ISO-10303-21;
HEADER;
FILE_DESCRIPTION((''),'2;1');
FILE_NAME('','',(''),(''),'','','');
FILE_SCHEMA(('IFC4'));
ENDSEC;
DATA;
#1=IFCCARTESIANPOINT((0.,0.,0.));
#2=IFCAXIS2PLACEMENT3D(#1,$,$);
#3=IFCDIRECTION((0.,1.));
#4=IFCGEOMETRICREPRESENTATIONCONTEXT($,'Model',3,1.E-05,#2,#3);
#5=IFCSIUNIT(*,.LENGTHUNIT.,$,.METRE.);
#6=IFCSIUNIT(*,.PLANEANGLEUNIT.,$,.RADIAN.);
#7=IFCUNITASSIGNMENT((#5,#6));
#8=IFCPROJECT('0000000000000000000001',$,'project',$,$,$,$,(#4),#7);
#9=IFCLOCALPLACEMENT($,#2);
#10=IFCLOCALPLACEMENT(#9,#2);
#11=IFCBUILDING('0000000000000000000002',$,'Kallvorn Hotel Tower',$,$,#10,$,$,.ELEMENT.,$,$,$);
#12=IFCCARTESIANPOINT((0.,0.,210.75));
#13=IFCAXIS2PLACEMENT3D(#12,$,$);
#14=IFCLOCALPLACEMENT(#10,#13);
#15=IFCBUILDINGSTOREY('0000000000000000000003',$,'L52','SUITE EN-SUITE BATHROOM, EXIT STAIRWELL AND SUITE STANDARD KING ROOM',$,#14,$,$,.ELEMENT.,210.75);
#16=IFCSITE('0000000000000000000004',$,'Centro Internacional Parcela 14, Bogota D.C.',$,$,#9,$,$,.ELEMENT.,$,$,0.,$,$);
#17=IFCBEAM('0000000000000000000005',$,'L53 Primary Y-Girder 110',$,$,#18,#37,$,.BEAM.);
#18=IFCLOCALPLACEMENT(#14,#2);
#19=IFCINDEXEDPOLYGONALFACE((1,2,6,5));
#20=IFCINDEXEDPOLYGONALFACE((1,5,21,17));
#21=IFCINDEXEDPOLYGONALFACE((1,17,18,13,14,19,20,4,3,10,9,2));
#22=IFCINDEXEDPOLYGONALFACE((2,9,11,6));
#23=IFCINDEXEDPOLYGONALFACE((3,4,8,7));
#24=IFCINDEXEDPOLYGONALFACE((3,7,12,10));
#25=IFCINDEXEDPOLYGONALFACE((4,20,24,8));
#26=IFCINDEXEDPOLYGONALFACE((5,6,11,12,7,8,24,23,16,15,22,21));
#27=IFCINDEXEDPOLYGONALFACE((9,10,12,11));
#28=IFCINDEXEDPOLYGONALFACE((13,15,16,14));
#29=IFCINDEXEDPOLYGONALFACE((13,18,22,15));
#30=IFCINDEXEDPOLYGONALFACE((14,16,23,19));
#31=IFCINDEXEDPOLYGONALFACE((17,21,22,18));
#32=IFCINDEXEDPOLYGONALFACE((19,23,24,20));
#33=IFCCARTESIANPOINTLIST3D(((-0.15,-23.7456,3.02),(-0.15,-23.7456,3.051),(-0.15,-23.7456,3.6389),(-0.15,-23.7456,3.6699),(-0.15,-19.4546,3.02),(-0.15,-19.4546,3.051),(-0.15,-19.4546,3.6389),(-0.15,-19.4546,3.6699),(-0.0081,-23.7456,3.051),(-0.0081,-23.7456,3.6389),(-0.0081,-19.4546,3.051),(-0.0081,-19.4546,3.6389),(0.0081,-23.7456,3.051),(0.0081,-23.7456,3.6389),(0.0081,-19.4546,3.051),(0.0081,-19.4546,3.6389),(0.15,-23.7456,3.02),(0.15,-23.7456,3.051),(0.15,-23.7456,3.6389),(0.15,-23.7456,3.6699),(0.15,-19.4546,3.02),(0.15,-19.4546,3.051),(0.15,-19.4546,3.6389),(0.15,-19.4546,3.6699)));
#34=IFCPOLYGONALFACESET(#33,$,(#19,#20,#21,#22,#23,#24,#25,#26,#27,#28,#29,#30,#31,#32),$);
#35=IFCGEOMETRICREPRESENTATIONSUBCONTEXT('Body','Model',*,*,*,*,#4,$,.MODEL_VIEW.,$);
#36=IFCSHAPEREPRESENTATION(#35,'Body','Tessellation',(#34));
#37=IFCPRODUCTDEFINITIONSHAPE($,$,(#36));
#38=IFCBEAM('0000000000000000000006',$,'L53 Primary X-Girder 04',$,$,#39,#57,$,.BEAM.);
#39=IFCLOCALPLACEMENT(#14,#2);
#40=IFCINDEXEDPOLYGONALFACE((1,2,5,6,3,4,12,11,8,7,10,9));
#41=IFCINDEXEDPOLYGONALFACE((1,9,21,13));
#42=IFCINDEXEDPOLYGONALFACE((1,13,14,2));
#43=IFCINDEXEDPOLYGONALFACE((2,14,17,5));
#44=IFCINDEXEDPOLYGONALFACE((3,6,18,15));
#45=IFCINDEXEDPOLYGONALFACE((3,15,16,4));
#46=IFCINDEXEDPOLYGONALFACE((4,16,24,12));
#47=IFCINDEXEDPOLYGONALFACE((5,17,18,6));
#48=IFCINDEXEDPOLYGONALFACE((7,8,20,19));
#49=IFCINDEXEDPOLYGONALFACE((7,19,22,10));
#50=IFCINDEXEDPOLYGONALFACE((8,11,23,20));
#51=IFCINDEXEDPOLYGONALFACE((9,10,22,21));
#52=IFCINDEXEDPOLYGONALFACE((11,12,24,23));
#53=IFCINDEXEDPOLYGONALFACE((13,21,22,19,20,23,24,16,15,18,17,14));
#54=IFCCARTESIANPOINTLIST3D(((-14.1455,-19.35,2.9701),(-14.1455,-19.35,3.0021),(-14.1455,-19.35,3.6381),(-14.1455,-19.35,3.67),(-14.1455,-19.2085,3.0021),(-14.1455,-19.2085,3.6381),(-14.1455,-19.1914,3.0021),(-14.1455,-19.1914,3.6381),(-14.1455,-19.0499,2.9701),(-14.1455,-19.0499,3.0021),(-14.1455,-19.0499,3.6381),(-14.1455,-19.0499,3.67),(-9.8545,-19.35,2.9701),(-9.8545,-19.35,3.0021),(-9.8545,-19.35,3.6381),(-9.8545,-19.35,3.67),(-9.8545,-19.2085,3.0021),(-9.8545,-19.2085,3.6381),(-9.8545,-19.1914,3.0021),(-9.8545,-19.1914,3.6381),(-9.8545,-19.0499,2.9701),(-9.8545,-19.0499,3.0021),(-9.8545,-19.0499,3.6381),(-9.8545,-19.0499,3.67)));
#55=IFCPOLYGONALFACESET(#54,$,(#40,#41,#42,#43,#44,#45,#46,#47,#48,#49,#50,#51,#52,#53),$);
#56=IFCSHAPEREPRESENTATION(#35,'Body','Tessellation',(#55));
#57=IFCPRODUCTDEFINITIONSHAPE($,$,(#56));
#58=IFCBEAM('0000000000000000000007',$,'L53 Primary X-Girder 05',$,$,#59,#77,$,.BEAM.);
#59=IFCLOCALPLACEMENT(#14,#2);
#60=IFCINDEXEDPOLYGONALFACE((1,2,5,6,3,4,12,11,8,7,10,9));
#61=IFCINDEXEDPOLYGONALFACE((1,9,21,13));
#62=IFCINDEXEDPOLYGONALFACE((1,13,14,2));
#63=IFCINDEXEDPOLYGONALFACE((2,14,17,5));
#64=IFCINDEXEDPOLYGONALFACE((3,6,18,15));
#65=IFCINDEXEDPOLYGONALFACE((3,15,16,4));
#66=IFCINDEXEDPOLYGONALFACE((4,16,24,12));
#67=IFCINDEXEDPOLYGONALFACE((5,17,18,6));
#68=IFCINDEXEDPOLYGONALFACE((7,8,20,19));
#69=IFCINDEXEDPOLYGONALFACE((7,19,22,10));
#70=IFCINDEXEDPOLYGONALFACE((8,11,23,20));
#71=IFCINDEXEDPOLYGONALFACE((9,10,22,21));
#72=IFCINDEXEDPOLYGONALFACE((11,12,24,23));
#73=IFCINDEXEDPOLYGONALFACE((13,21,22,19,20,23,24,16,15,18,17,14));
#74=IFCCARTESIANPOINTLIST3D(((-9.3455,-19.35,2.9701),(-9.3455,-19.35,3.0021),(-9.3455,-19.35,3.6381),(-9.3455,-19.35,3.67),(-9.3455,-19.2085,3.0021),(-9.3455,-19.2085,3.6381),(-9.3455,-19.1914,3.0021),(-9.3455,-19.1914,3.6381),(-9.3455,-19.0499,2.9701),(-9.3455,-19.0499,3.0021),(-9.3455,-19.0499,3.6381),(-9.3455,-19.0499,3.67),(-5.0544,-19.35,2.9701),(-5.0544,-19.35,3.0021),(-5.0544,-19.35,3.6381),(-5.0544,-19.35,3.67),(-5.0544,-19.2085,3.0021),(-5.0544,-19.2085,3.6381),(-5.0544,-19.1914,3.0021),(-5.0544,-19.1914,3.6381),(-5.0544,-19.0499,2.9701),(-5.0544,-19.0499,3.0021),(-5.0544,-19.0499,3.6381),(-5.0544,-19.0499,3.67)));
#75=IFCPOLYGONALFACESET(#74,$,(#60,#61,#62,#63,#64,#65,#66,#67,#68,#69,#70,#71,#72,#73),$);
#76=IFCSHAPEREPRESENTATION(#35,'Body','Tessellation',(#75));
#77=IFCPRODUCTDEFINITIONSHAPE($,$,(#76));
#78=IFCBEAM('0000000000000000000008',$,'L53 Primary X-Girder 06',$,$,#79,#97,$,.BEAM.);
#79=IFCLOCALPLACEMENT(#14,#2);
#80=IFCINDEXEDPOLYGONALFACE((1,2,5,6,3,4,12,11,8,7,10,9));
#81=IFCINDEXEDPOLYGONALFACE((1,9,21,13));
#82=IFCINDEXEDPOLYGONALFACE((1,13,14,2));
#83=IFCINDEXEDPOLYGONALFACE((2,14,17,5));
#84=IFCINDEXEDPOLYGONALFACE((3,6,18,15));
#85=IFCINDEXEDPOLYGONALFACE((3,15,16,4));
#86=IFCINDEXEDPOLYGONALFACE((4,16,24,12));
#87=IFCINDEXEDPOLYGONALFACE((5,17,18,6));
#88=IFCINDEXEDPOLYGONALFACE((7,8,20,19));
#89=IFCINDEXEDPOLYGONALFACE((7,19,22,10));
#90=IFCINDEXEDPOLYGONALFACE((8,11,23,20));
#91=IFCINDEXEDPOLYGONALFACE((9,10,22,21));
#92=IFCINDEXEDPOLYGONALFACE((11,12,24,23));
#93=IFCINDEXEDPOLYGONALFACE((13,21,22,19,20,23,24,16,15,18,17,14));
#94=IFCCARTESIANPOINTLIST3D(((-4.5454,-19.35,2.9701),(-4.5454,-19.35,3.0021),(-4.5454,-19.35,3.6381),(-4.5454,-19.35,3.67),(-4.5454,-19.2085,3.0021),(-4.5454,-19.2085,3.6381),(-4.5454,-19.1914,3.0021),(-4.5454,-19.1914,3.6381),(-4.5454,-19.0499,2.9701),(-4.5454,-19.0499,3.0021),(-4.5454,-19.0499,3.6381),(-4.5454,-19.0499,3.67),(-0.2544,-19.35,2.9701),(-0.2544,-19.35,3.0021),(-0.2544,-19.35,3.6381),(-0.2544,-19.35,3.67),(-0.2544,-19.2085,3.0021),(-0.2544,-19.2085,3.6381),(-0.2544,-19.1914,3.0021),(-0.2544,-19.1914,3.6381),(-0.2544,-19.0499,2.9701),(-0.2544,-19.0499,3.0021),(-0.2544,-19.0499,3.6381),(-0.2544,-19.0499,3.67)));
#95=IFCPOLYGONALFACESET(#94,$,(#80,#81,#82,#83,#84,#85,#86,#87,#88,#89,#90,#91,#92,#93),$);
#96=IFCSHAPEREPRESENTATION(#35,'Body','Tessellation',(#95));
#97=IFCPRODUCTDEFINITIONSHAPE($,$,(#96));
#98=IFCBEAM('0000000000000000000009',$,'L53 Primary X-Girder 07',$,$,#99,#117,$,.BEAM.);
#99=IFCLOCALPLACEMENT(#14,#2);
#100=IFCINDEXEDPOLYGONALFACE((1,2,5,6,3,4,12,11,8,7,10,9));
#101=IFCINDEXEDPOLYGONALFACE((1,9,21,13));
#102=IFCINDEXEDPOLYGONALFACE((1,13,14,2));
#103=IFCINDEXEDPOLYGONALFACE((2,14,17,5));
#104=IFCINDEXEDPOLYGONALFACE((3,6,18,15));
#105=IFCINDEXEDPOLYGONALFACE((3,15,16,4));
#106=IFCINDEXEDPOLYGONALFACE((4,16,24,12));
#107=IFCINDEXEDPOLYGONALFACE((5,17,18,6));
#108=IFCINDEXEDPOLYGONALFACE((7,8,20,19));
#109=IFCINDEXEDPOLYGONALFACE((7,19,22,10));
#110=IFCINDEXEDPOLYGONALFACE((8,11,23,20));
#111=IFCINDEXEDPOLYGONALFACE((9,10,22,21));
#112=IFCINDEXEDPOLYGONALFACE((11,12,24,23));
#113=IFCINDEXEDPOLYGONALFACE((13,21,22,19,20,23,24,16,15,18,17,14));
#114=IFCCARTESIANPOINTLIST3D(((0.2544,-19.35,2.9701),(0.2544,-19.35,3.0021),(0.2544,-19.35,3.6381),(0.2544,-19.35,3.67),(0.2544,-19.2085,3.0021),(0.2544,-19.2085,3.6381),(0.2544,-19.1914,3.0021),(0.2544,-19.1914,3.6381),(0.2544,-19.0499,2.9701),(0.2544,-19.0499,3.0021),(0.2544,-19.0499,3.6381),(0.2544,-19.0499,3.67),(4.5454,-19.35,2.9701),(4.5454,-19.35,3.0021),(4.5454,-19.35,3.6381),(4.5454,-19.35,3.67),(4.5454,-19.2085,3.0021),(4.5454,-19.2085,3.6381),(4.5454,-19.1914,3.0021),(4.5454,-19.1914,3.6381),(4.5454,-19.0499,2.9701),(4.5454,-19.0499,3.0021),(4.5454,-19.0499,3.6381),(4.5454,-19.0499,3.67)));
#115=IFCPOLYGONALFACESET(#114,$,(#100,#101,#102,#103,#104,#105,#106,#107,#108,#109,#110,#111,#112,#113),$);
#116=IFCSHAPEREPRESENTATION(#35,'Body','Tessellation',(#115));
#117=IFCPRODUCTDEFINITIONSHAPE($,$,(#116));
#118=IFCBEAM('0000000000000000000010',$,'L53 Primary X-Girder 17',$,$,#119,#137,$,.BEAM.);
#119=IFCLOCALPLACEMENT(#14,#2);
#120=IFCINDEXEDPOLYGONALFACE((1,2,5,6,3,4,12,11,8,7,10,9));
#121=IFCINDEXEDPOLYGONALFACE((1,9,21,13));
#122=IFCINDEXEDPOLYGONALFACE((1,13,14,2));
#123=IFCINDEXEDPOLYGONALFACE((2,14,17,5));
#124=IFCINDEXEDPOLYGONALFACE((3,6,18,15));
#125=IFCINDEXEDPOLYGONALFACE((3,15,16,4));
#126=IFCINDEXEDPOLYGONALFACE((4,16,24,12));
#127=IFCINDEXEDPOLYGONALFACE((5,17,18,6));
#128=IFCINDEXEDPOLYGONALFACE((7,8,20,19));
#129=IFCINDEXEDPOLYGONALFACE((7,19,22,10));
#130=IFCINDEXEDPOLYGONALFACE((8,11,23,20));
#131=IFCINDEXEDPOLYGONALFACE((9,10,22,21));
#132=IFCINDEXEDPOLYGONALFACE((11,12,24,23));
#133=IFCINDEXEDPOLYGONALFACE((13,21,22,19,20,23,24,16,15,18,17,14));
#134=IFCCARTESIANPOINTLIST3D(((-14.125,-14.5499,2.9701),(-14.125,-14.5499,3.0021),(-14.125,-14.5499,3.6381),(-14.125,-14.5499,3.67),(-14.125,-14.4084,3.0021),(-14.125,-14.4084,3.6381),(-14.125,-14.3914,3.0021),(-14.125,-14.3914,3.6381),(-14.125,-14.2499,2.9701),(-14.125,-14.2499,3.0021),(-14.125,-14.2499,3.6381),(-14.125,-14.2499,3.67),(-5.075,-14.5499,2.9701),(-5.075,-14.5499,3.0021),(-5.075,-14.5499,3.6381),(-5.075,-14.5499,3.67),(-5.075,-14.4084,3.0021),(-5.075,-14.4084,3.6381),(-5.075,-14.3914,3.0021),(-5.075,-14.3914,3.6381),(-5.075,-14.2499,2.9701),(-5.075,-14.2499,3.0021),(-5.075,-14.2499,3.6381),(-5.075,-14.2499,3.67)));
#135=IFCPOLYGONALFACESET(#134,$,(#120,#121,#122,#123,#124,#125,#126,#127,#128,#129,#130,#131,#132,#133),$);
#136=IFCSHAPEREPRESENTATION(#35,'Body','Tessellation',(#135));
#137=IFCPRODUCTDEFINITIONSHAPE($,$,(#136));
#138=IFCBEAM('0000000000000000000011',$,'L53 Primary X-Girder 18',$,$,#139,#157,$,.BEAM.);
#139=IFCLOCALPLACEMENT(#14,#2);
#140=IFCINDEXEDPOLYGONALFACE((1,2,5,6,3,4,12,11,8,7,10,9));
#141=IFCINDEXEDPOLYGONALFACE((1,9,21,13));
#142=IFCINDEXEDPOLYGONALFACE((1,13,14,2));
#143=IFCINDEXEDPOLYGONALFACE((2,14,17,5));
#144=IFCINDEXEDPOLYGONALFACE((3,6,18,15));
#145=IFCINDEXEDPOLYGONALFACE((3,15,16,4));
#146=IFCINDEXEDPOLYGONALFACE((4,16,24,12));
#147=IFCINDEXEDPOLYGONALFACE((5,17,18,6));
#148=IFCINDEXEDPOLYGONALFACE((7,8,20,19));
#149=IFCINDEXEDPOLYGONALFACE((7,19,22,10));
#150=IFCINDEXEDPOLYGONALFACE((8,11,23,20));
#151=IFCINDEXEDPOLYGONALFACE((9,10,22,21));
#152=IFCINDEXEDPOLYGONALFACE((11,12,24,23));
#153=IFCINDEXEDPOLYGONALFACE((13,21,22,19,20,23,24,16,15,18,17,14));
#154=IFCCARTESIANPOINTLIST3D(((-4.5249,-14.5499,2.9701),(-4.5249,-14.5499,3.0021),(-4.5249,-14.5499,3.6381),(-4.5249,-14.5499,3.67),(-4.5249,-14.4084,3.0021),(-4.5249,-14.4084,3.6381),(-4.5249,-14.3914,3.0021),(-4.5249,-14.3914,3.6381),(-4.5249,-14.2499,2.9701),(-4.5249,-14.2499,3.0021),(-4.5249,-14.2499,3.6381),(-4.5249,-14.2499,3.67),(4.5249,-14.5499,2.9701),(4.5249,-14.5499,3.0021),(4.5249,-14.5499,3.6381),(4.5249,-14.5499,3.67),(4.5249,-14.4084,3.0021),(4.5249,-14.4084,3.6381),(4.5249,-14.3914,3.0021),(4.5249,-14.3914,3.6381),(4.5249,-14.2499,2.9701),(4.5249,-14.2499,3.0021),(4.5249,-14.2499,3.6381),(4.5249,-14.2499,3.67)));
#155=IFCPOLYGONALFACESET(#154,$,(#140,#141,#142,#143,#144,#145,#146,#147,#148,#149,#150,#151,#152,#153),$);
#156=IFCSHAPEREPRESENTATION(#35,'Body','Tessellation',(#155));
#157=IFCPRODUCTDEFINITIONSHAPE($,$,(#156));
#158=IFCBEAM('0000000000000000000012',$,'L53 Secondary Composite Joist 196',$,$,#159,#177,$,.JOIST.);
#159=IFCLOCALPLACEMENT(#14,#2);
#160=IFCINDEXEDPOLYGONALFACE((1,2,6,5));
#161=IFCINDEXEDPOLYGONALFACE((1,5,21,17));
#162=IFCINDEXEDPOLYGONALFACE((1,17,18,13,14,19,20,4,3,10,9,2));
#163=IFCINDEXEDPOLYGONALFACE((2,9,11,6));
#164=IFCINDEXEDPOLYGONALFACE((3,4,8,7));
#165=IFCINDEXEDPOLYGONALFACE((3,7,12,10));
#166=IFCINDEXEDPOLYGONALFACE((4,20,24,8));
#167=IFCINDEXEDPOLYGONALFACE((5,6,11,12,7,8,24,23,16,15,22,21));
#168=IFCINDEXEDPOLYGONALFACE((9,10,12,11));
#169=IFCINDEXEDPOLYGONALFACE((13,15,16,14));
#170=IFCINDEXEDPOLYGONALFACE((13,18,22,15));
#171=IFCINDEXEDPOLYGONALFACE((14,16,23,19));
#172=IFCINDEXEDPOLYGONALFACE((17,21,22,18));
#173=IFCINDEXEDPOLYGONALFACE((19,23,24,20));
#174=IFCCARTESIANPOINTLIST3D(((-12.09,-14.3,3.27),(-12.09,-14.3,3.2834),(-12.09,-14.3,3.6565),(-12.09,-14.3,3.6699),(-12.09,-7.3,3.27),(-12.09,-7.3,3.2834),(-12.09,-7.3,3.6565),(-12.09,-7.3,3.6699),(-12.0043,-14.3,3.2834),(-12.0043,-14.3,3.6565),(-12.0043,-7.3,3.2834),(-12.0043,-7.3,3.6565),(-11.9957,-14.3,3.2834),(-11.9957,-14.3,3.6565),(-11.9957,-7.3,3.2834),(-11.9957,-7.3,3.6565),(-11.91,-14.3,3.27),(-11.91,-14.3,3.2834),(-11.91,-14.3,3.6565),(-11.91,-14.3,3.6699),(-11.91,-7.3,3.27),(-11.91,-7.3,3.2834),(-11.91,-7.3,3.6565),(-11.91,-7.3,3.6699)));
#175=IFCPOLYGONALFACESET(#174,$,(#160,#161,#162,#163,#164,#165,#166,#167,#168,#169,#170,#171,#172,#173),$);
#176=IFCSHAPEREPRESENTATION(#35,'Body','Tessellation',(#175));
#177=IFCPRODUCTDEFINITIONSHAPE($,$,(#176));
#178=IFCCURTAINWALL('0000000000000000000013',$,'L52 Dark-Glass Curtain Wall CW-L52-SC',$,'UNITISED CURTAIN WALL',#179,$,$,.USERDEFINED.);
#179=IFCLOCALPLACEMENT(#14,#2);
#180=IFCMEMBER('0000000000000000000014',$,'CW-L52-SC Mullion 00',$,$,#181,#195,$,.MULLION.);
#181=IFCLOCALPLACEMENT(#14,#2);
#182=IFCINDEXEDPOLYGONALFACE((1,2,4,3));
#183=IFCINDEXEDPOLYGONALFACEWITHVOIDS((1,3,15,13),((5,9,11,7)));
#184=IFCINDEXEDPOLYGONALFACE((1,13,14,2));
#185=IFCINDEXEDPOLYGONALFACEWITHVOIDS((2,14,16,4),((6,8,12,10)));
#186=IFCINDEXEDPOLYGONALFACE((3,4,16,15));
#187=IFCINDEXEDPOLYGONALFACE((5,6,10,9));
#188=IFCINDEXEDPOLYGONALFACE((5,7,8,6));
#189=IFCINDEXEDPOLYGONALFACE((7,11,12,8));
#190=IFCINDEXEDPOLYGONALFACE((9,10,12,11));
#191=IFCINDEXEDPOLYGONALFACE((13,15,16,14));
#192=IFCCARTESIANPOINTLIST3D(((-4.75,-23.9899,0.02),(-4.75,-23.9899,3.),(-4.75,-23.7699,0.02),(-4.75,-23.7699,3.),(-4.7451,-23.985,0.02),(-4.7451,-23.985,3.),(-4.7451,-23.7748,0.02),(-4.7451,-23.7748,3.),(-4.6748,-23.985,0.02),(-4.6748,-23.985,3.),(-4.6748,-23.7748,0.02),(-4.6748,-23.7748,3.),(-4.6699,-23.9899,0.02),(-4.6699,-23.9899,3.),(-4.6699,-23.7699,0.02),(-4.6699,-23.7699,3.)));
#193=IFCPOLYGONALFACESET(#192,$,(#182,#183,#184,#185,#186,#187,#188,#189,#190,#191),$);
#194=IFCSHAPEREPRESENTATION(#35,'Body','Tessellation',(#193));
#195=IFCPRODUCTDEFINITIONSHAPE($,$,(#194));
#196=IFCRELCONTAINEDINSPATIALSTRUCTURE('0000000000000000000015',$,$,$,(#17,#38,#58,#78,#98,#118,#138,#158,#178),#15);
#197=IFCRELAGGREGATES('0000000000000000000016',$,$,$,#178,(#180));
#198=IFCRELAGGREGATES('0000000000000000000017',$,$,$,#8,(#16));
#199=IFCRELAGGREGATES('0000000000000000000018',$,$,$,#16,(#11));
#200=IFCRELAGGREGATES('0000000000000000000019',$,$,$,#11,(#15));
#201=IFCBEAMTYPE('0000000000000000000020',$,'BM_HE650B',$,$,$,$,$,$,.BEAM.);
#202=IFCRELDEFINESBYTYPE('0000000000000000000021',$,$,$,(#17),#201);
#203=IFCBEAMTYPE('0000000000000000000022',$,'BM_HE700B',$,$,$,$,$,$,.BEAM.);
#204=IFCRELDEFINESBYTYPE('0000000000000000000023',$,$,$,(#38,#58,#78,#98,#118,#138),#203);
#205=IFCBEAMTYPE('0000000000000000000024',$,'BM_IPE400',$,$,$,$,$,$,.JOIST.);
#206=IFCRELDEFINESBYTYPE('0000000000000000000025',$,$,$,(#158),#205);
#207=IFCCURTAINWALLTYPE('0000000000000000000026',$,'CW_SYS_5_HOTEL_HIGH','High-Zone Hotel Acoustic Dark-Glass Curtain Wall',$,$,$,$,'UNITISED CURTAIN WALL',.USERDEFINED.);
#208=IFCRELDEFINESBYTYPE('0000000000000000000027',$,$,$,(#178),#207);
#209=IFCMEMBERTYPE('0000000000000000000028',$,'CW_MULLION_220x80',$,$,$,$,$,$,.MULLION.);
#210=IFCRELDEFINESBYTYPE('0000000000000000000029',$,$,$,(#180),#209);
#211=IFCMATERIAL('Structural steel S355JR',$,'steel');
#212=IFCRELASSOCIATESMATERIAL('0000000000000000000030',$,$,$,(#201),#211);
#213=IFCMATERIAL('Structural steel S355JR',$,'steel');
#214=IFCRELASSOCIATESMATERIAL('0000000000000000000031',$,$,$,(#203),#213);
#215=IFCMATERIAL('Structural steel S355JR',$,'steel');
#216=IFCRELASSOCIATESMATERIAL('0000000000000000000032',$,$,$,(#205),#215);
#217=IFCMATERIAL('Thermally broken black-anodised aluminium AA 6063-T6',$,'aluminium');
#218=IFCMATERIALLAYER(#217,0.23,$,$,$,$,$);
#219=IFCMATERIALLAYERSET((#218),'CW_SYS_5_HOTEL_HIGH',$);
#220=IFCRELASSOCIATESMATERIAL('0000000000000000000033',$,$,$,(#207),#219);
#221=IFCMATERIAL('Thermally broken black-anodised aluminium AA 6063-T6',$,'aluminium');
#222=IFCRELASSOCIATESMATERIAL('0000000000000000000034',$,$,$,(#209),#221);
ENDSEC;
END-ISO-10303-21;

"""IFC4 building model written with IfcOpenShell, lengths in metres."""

from ifc_helpers import new_model, si_unit, direction, frame, origin, origin_2d, place, context, subcontext, project, spatial, hollow_rectangle, i_section, extrude, material, layer, layer_set, material_profile, profile_set, type_object, element, aggregate, save


model = new_model("IFC4")

# Units and contexts
model_context = context("Model", 3, precision=1e-05, world=origin(), true_north=direction((0.0, 1.0)))
body_context = subcontext(model_context, "Body", "Model", "MODEL_VIEW")
ifc_project = project(units=[si_unit("LENGTHUNIT", "METRE"), si_unit("PLANEANGLEUNIT", "RADIAN")], contexts=[model_context])

# Site, building, storey
site_placement = place(None, origin())
site = spatial("IfcSite", under=ifc_project, at=site_placement, Name="Centro Internacional Parcela 14, Bogota D.C.", CompositionType="ELEMENT", RefElevation=0.0)
building_placement = place(site_placement, origin())
building = spatial("IfcBuilding", under=site, at=building_placement, Name="Kallvorn Hotel Tower", CompositionType="ELEMENT")
storey_placement = place(building_placement, frame((0.0, 0.0, 210.75)))
storey = spatial("IfcBuildingStorey", under=building, at=storey_placement, Name="L52", Description="SUITE EN-SUITE BATHROOM, EXIT STAIRWELL AND SUITE STANDARD KING ROOM", CompositionType="ELEMENT", Elevation=210.75)

# Beams
ifc_material_1 = material(Name="Structural steel S355JR", Category="steel")
ifc_material_profile_1 = material_profile(ifc_material_1, i_section(OverallWidth=0.3, OverallDepth=0.6499, WebThickness=0.0161, FlangeThickness=0.031, at=origin_2d()), Name="HE 650 B")
ifc_profile_set_1 = profile_set([ifc_material_profile_1], Name="Structural steel S355JR")
beam_type_1 = type_object("IfcBeamType", Name="BM_HE650B", PredefinedType="BEAM", material=ifc_profile_set_1)
beam_1_placement = place(storey_placement, frame((0.0, -23.7456, 3.345), z_axis=(0.0, 1.0, 0.0), x_axis=(-1.0, 0.0, 0.0)))
element("IfcBeam", 1, at=beam_1_placement, inside=storey, type_object=beam_type_1, Name="L53 Primary Y-Girder 110", PredefinedType="BEAM", context=body_context, shape_type="SweptSolid", body=[
    extrude(i_section(OverallWidth=0.3, OverallDepth=0.6499, WebThickness=0.0161, FlangeThickness=0.031, at=origin_2d()), origin(), (0.0, 0.0, 1.0), 4.291),
])
ifc_material_2 = material(Name="Structural steel S355JR", Category="steel")
ifc_material_profile_2 = material_profile(ifc_material_2, i_section(OverallWidth=0.3, OverallDepth=0.7, WebThickness=0.0171, FlangeThickness=0.032, at=origin_2d()), Name="HE 700 B")
ifc_profile_set_2 = profile_set([ifc_material_profile_2], Name="Structural steel S355JR")
beam_type_2 = type_object("IfcBeamType", Name="BM_HE700B", PredefinedType="BEAM", material=ifc_profile_set_2)
for number, where, z_axis, x_axis, name in (
    (2, (-14.1455, -19.2, 3.3201), (1.0, 0.0, 0.0), (0.0, 1.0, 0.0), "L53 Primary X-Girder 04"),
    (3, (-9.3455, -19.2, 3.3201), (1.0, 0.0, 0.0), (0.0, 1.0, 0.0), "L53 Primary X-Girder 05"),
    (4, (-4.5454, -19.2, 3.3201), (1.0, 0.0, 0.0), (0.0, 1.0, 0.0), "L53 Primary X-Girder 06"),
    (5, (0.2544, -19.2, 3.3201), (1.0, 0.0, 0.0), (0.0, 1.0, 0.0), "L53 Primary X-Girder 07"),
):
    element("IfcBeam", number, at=place(storey_placement, frame(where, z_axis=z_axis, x_axis=x_axis)), inside=storey, type_object=beam_type_2, Name=name, PredefinedType="BEAM", context=body_context, shape_type="SweptSolid", body=[
        extrude(i_section(OverallWidth=0.3, OverallDepth=0.7, WebThickness=0.0171, FlangeThickness=0.032, at=origin_2d()), origin(), (0.0, 0.0, 1.0), 4.291),
    ])
beam_2_placement = place(storey_placement, frame((-14.125, -14.3999, 3.3201), z_axis=(1.0, 0.0, 0.0), x_axis=(0.0, 1.0, 0.0)))
element("IfcBeam", 6, at=beam_2_placement, inside=storey, type_object=beam_type_2, Name="L53 Primary X-Girder 17", PredefinedType="BEAM", context=body_context, shape_type="SweptSolid", body=[
    extrude(i_section(OverallWidth=0.3, OverallDepth=0.7, WebThickness=0.0171, FlangeThickness=0.032, at=origin_2d()), origin(), (0.0, 0.0, 1.0), 9.05),
])
beam_3_placement = place(storey_placement, frame((-4.5249, -14.3999, 3.3201), z_axis=(1.0, 0.0, 0.0), x_axis=(0.0, 1.0, 0.0)))
element("IfcBeam", 7, at=beam_3_placement, inside=storey, type_object=beam_type_2, Name="L53 Primary X-Girder 18", PredefinedType="BEAM", context=body_context, shape_type="SweptSolid", body=[
    extrude(i_section(OverallWidth=0.3, OverallDepth=0.7, WebThickness=0.0171, FlangeThickness=0.032, at=origin_2d()), origin(), (0.0, 0.0, 1.0), 9.0498),
])
ifc_material_3 = material(Name="Structural steel S355JR", Category="steel")
ifc_material_profile_3 = material_profile(ifc_material_3, i_section(OverallWidth=0.1799, OverallDepth=0.3999, WebThickness=0.0085, FlangeThickness=0.0134, at=origin_2d()), Name="IPE 400")
ifc_profile_set_3 = profile_set([ifc_material_profile_3], Name="Structural steel S355JR")
beam_type_3 = type_object("IfcBeamType", Name="BM_IPE400", PredefinedType="JOIST", material=ifc_profile_set_3)
beam_4_placement = place(storey_placement, frame((-12.0, -14.3, 3.47), z_axis=(0.0, 1.0, 0.0), x_axis=(-1.0, 0.0, 0.0)))
element("IfcBeam", 8, at=beam_4_placement, inside=storey, type_object=beam_type_3, Name="L53 Secondary Composite Joist 196", PredefinedType="JOIST", context=body_context, shape_type="SweptSolid", body=[
    extrude(i_section(OverallWidth=0.1799, OverallDepth=0.3999, WebThickness=0.0085, FlangeThickness=0.0134, at=origin_2d()), origin(), (0.0, 0.0, 1.0), 7.0),
])

# Curtain wall, member
ifc_material_4 = material(Name="Thermally broken black-anodised aluminium AA 6063-T6", Category="aluminium")
ifc_layer_1 = layer(ifc_material_4, 0.23)
ifc_layer_set_1 = layer_set([ifc_layer_1], Name="CW_SYS_5_HOTEL_HIGH")
curtain_wall_type = type_object("IfcCurtainWallType", Name="CW_SYS_5_HOTEL_HIGH", Description="High-Zone Hotel Acoustic Dark-Glass Curtain Wall", ElementType="UNITISED CURTAIN WALL", PredefinedType="USERDEFINED", material=ifc_layer_set_1)
curtain_wall_placement = place(storey_placement, origin())
curtain_wall = element("IfcCurtainWall", 9, at=curtain_wall_placement, inside=storey, type_object=curtain_wall_type, Name="L52 Dark-Glass Curtain Wall CW-L52-SC", ObjectType="UNITISED CURTAIN WALL", PredefinedType="USERDEFINED")
ifc_material_5 = material(Name="Thermally broken black-anodised aluminium AA 6063-T6", Category="aluminium")
ifc_material_profile_4 = material_profile(ifc_material_5, hollow_rectangle(XDim=0.0801, YDim=0.22, WallThickness=0.0049, at=origin_2d()), Name="MUL 220x80")
ifc_profile_set_4 = profile_set([ifc_material_profile_4], Name="Thermally broken black-anodised aluminium AA 6063-T6")
member_type_1 = type_object("IfcMemberType", Name="CW_MULLION_220x80", PredefinedType="MULLION", material=ifc_profile_set_4)
member_1_placement = place(storey_placement, frame((-4.71, -23.8799, 0.02), z_axis=(0.0, 0.0, 1.0), x_axis=(1.0, 0.0, 0.0)))
member_1 = element("IfcMember", 10, at=member_1_placement, type_object=member_type_1, Name="CW-L52-SC Mullion 00", PredefinedType="MULLION", context=body_context, shape_type="SweptSolid", body=[
    extrude(hollow_rectangle(XDim=0.0801, YDim=0.22, WallThickness=0.0049, at=origin_2d()), origin(), (0.0, 0.0, 1.0), 2.98),
])
aggregate(curtain_wall, [member_1])

save(model, "model.ifc")
